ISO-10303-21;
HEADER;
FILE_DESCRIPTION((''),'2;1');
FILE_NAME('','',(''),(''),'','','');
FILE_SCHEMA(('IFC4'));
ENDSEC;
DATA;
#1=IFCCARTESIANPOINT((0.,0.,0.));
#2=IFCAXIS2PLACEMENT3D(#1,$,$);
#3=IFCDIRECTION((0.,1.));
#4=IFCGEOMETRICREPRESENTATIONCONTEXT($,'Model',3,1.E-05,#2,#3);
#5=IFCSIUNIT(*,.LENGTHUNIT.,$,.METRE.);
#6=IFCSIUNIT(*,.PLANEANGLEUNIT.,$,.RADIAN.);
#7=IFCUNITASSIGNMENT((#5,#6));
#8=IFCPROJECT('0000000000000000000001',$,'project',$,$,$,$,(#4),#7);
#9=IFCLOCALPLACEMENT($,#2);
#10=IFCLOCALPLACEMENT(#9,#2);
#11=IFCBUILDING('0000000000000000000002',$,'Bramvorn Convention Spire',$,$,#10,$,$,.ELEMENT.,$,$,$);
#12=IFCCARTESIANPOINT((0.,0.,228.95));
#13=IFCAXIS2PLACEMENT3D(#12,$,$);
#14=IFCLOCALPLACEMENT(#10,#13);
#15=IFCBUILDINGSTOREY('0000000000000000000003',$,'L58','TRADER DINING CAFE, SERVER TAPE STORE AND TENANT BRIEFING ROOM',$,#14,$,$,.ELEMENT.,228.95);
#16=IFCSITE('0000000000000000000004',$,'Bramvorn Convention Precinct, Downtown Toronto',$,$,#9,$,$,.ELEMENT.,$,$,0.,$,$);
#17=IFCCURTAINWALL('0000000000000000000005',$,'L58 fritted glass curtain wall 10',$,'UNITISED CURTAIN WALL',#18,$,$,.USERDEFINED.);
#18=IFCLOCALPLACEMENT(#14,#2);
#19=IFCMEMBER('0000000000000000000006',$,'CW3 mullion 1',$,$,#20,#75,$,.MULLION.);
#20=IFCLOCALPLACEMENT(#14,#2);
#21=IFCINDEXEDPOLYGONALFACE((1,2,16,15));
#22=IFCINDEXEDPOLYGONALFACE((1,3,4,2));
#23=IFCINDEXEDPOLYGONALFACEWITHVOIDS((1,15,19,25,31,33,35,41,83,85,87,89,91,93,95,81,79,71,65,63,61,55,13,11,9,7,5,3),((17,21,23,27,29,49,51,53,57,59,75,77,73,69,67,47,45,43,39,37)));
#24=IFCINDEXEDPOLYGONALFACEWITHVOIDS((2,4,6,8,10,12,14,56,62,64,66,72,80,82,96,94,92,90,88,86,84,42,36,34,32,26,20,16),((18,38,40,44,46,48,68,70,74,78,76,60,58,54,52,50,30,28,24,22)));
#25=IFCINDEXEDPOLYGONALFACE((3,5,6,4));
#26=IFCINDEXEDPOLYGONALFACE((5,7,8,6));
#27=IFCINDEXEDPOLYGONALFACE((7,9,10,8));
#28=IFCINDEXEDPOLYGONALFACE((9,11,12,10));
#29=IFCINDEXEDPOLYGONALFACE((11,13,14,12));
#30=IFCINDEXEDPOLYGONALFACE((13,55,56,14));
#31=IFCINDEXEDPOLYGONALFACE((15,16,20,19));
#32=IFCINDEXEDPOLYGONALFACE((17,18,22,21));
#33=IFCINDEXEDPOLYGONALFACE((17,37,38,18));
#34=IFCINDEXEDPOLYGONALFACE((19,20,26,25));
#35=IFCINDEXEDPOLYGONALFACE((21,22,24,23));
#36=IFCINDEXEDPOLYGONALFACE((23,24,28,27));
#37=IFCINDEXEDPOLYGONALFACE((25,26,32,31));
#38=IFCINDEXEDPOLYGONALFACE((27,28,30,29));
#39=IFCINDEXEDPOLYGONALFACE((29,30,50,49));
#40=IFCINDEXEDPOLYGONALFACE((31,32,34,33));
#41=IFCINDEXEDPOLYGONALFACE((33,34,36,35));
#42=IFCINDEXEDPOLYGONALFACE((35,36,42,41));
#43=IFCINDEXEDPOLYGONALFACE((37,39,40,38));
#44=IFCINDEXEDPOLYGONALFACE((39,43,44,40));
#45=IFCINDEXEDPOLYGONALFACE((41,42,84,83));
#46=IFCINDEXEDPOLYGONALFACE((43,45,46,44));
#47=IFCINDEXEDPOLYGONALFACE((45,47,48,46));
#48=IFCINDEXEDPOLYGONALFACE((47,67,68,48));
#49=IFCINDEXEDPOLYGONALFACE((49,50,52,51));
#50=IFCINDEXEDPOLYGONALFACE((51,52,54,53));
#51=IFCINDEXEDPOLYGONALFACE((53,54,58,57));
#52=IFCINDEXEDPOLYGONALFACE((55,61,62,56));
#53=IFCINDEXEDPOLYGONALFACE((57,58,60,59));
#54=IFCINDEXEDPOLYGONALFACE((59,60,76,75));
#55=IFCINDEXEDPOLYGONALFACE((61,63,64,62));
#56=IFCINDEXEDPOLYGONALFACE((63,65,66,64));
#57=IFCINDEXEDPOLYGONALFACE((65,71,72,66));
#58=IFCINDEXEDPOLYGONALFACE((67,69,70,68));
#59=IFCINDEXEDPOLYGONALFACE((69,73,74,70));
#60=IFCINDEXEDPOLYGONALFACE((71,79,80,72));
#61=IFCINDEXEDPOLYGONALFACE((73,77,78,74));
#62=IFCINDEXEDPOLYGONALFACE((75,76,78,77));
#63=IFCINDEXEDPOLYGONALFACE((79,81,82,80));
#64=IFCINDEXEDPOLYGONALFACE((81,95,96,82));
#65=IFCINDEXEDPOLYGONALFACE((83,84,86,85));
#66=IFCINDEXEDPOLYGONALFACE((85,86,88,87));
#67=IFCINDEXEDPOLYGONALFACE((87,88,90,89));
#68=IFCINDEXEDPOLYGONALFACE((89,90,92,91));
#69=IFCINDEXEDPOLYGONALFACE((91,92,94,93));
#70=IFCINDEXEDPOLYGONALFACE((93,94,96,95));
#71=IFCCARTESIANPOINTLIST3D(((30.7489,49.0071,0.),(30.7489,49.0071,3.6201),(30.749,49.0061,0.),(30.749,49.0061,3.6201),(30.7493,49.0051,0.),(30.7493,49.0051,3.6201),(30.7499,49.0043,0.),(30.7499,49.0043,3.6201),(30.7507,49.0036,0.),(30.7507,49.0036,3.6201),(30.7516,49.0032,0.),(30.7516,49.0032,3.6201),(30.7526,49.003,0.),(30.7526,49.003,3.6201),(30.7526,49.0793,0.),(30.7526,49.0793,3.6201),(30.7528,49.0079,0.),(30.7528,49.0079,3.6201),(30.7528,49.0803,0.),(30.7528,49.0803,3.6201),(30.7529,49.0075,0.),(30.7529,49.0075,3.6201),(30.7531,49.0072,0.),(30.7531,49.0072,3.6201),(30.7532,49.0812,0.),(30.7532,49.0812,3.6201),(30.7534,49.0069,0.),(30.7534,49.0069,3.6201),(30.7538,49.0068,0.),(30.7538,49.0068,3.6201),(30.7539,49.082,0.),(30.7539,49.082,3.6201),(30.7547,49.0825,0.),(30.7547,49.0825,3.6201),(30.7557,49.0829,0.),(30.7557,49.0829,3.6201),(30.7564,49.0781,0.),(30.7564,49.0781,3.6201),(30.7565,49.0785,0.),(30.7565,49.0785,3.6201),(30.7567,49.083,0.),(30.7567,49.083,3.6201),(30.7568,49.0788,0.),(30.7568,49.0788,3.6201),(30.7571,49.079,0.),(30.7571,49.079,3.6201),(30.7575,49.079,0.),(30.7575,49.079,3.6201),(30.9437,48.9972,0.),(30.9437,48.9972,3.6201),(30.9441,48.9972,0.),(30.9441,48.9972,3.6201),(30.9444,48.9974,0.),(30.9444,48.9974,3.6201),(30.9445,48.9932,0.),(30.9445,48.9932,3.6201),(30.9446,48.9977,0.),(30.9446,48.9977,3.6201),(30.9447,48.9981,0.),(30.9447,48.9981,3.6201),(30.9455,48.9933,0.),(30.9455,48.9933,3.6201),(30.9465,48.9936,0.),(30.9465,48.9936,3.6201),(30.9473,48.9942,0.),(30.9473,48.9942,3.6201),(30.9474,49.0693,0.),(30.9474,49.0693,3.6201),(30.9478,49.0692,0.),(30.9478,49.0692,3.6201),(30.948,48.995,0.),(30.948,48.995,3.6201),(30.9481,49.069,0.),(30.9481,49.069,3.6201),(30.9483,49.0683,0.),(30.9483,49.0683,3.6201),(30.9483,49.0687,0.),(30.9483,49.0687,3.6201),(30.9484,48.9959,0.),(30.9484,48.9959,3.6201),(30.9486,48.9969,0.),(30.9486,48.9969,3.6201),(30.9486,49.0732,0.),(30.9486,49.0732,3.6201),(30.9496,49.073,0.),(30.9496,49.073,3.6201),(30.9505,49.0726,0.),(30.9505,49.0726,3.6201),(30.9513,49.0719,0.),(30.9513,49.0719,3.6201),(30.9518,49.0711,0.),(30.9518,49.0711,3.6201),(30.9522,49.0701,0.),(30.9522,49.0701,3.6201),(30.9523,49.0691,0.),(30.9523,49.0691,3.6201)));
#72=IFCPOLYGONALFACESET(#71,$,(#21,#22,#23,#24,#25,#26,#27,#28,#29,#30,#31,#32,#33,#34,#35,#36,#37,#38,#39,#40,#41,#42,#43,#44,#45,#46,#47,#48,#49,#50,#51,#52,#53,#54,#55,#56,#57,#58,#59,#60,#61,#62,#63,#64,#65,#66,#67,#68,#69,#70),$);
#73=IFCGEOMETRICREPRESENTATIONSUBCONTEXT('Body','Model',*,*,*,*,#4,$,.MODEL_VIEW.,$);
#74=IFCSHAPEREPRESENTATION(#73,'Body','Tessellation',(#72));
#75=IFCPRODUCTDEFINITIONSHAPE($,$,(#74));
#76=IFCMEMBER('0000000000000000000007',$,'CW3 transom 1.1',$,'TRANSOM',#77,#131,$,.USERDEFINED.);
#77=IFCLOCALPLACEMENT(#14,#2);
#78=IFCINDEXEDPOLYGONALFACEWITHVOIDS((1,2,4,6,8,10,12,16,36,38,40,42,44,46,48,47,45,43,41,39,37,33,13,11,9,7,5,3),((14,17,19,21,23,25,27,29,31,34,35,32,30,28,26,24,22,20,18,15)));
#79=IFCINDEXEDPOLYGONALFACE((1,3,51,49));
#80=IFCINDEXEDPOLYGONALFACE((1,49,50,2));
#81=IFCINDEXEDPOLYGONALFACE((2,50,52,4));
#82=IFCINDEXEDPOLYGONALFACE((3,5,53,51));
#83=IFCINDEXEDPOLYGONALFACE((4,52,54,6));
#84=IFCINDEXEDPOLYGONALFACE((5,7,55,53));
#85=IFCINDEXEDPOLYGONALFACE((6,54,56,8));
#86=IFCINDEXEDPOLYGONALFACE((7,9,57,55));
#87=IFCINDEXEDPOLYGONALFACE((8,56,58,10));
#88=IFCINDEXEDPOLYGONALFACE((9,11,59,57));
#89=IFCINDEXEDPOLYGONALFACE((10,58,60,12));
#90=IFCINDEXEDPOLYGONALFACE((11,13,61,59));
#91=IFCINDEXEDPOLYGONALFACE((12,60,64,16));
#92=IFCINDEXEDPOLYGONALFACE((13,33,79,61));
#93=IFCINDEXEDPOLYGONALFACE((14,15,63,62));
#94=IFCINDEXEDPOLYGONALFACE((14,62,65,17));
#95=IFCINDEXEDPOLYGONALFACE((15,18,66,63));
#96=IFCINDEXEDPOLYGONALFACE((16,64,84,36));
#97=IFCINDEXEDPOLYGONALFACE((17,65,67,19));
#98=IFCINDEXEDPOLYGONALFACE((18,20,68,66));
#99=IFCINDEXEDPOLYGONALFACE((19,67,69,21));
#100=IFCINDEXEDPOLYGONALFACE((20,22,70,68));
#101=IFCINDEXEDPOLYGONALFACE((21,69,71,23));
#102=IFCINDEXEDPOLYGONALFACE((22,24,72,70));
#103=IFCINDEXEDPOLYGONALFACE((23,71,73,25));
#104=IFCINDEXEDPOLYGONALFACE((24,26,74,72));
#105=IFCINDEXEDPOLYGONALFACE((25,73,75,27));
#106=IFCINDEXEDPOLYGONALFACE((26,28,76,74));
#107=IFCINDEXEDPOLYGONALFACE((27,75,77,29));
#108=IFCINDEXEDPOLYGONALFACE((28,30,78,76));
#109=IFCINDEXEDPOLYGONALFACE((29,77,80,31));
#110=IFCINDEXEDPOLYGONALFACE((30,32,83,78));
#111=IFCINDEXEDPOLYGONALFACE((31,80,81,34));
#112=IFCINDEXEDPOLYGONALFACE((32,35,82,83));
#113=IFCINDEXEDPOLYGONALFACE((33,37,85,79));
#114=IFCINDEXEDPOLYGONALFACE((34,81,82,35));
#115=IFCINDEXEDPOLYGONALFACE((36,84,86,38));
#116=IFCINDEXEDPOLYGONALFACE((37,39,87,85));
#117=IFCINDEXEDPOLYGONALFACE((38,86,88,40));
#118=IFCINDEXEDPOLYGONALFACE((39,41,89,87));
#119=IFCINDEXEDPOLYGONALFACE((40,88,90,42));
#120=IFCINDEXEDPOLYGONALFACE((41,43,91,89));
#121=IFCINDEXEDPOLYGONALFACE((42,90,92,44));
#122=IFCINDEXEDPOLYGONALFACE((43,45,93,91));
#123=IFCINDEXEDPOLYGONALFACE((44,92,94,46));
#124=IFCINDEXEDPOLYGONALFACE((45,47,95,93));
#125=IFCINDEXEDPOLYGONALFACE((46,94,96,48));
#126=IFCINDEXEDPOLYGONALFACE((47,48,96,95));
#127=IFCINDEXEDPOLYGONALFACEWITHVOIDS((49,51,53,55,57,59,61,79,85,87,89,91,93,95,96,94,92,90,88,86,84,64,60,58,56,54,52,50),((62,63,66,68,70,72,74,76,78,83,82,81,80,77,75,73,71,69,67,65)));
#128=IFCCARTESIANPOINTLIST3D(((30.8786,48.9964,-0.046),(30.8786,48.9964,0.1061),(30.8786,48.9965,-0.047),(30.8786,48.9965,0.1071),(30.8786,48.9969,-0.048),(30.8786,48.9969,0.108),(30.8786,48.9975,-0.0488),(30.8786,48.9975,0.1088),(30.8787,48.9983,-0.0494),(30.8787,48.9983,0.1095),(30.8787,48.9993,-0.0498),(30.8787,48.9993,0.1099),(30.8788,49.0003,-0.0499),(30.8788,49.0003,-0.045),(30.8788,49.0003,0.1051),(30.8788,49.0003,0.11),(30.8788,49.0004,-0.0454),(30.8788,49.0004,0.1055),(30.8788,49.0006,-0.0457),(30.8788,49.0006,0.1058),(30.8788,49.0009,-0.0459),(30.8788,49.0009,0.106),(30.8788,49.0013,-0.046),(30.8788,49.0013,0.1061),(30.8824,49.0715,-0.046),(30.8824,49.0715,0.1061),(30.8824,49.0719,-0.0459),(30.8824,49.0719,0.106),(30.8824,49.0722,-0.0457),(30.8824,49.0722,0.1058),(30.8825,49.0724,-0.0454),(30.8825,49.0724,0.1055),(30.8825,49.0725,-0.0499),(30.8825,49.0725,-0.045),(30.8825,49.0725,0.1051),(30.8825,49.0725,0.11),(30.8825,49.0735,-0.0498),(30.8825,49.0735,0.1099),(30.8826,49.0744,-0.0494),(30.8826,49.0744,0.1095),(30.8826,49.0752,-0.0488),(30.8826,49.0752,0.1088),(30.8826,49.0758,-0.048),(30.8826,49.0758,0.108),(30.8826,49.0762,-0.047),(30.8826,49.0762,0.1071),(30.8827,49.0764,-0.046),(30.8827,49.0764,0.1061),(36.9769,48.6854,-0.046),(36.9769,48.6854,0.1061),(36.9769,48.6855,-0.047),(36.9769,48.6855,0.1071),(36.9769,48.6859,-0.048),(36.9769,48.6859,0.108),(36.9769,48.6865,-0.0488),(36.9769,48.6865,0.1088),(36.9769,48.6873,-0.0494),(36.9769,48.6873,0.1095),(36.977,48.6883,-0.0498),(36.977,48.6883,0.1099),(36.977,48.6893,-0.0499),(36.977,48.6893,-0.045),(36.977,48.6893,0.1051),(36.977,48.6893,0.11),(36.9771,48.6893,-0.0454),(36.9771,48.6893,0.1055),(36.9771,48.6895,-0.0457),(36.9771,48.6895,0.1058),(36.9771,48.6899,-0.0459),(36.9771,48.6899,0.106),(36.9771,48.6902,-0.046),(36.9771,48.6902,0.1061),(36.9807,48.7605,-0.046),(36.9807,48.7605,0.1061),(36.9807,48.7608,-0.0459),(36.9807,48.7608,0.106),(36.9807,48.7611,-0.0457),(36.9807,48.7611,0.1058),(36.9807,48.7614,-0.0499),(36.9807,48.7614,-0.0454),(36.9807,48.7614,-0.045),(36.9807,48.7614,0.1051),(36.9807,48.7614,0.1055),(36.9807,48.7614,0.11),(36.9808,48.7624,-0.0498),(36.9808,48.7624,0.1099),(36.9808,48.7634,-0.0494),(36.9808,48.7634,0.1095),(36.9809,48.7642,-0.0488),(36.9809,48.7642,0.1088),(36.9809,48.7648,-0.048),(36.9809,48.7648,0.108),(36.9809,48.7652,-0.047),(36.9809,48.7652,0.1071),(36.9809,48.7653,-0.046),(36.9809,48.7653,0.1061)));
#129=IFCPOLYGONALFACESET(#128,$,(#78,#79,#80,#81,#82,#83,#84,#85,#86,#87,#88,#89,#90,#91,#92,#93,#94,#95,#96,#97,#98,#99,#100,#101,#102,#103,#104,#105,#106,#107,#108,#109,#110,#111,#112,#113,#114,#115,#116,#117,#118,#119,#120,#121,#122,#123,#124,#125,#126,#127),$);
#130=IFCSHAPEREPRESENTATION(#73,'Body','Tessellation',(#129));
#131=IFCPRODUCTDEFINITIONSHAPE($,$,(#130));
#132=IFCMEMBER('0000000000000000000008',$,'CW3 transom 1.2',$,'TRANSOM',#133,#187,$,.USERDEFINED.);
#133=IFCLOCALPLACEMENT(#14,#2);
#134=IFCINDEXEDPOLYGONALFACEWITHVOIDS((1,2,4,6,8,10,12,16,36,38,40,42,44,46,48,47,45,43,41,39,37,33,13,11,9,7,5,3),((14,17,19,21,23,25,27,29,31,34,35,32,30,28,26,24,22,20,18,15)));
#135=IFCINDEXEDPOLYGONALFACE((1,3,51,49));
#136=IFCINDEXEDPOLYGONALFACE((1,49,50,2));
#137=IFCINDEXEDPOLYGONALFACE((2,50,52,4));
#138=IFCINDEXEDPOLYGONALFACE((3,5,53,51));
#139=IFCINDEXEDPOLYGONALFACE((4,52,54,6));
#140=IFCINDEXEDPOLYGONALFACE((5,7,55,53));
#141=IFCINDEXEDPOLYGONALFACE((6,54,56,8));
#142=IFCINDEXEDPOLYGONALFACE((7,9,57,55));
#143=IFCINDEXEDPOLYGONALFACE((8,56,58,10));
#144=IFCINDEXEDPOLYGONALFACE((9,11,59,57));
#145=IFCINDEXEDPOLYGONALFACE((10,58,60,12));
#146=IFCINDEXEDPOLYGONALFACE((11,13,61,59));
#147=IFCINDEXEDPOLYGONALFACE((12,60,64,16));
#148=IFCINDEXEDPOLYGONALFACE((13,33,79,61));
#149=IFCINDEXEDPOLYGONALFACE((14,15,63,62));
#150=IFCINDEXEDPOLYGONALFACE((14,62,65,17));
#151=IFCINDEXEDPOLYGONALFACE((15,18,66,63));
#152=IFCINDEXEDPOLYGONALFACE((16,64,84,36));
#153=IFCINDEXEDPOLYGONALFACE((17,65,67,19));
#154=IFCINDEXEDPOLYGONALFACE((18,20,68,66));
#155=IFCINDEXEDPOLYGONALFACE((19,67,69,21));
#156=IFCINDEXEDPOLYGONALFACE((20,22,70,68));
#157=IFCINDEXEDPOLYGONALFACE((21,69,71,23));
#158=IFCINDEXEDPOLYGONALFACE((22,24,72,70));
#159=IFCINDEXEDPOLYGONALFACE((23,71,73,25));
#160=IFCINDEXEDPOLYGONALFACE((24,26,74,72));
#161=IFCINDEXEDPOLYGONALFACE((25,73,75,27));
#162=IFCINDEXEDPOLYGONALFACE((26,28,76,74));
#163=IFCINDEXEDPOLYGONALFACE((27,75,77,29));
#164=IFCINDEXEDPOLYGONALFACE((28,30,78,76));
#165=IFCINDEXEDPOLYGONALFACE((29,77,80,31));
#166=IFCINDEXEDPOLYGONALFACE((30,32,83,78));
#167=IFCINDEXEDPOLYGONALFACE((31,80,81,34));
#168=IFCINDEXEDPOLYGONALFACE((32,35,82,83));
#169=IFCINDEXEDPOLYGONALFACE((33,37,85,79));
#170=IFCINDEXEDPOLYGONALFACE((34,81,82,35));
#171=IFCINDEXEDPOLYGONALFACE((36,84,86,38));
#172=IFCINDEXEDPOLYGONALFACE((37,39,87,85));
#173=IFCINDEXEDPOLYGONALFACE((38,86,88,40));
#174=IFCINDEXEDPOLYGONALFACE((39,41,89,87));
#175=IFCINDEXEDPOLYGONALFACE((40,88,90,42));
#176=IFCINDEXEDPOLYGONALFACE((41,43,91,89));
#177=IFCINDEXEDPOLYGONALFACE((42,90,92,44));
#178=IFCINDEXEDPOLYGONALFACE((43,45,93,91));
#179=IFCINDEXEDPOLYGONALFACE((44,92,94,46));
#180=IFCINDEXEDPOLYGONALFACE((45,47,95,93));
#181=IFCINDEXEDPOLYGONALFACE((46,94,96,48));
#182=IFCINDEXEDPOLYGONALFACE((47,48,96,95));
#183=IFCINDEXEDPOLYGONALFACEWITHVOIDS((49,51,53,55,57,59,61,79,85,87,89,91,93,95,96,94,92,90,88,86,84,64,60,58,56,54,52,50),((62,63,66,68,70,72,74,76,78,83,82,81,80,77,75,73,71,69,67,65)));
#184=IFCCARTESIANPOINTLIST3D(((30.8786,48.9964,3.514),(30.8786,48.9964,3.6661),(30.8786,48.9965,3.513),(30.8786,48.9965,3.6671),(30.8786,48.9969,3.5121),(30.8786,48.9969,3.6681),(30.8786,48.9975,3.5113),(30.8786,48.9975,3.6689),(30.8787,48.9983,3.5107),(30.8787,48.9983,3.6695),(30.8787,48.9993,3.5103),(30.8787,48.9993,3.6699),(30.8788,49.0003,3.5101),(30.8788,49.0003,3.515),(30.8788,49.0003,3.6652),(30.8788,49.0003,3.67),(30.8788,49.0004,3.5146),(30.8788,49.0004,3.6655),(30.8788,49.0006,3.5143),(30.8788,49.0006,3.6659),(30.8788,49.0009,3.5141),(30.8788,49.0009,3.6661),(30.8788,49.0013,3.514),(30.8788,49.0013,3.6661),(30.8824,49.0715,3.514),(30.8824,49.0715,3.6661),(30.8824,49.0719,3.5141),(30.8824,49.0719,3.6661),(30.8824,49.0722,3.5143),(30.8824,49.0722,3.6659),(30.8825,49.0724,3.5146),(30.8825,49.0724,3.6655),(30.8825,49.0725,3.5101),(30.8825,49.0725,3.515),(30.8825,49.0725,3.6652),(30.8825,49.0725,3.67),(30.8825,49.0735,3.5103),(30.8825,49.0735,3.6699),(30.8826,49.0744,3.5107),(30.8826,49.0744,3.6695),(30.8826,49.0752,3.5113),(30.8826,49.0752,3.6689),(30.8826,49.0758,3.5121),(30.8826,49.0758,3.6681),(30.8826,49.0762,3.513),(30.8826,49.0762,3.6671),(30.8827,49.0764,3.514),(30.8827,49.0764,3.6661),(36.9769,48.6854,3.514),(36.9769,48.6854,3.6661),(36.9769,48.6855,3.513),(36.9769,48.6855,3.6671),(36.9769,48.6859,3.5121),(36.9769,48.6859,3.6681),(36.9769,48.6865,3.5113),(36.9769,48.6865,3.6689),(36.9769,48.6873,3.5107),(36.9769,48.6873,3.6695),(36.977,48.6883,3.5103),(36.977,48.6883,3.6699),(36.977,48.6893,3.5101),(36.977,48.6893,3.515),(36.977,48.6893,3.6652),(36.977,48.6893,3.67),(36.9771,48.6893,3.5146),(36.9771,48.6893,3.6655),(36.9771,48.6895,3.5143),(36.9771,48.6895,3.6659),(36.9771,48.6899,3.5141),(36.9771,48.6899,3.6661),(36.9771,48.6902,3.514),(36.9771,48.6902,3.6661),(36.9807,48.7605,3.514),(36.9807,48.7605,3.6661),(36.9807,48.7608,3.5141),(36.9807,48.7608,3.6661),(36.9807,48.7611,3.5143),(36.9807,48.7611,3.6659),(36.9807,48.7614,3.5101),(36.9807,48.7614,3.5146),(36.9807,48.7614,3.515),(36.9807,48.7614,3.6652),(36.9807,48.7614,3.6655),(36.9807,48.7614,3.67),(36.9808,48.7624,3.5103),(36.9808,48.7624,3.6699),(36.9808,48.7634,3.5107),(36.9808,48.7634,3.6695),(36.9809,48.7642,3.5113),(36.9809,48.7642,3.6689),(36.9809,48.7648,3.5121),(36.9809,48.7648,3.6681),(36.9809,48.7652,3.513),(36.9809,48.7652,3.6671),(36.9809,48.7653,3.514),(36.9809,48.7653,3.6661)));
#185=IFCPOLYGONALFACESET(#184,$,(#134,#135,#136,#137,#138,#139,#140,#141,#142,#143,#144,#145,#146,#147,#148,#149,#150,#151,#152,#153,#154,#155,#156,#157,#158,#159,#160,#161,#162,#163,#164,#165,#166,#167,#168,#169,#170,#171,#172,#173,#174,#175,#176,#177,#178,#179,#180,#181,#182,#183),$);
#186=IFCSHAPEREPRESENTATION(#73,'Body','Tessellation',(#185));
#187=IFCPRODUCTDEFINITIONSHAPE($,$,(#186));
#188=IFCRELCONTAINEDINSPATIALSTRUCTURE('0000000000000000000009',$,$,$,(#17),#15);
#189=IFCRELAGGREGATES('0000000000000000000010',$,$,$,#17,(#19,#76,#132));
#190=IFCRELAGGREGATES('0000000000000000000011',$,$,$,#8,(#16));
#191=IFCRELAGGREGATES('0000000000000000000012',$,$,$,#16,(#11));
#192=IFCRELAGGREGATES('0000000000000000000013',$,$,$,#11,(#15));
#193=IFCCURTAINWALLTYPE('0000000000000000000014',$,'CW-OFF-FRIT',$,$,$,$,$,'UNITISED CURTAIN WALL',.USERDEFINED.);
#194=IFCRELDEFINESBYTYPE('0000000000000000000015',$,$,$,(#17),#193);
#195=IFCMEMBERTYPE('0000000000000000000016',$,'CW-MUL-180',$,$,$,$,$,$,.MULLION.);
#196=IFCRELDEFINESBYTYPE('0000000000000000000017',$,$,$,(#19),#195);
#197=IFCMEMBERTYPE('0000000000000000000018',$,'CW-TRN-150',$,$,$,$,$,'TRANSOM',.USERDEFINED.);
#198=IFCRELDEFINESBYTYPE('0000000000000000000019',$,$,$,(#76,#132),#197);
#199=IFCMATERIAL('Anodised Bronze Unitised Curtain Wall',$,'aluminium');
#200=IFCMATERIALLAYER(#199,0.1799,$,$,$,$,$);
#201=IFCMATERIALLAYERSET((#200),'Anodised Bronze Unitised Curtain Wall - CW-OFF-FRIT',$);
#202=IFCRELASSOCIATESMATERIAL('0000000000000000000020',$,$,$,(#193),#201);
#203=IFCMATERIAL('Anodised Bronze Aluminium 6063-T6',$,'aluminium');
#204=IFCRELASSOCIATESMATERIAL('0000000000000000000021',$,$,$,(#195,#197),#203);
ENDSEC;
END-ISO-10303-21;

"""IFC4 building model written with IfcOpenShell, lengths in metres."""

from ifc_helpers import new_model, si_unit, direction, frame, origin, origin_2d, place, context, subcontext, project, spatial, hollow_rectangle, extrude, material, layer, layer_set, material_profile, profile_set, type_object, element, aggregate, save


model = new_model("IFC4")

# Units and contexts
model_context = context("Model", 3, precision=1e-05, world=origin(), true_north=direction((0.0, 1.0)))
body_context = subcontext(model_context, "Body", "Model", "MODEL_VIEW")
ifc_project = project(units=[si_unit("LENGTHUNIT", "METRE"), si_unit("PLANEANGLEUNIT", "RADIAN")], contexts=[model_context])

# Site, building, storey
site_placement = place(None, origin())
site = spatial("IfcSite", under=ifc_project, at=site_placement, Name="Bramvorn Convention Precinct, Downtown Toronto", CompositionType="ELEMENT", RefElevation=0.0)
building_placement = place(site_placement, origin())
building = spatial("IfcBuilding", under=site, at=building_placement, Name="Bramvorn Convention Spire", CompositionType="ELEMENT")
storey_placement = place(building_placement, frame((0.0, 0.0, 228.95)))
storey = spatial("IfcBuildingStorey", under=building, at=storey_placement, Name="L58", Description="TRADER DINING CAFE, SERVER TAPE STORE AND TENANT BRIEFING ROOM", CompositionType="ELEMENT", Elevation=228.95)

# Curtain wall, members
ifc_material_1 = material(Name="Anodised Bronze Unitised Curtain Wall", Category="aluminium")
ifc_layer_1 = layer(ifc_material_1, 0.1799)
ifc_layer_set_1 = layer_set([ifc_layer_1], Name="Anodised Bronze Unitised Curtain Wall - CW-OFF-FRIT")
curtain_wall_type = type_object("IfcCurtainWallType", Name="CW-OFF-FRIT", ElementType="UNITISED CURTAIN WALL", PredefinedType="USERDEFINED", material=ifc_layer_set_1)
curtain_wall_placement = place(storey_placement, origin())
curtain_wall = element("IfcCurtainWall", 1, at=curtain_wall_placement, inside=storey, type_object=curtain_wall_type, Name="L58 fritted glass curtain wall 10", ObjectType="UNITISED CURTAIN WALL", PredefinedType="USERDEFINED")
ifc_material_2 = material(Name="Anodised Bronze Aluminium 6063-T6", Category="aluminium")
ifc_material_profile_1 = material_profile(ifc_material_2, hollow_rectangle(XDim=0.0801, YDim=0.2, WallThickness=0.0039, InnerFilletRadius=0.001, OuterFilletRadius=0.0039, at=origin_2d()))
ifc_profile_set_1 = profile_set([ifc_material_profile_1], Name="Anodised Bronze Aluminium 6063-T6 - CWM80X200")
member_type_1 = type_object("IfcMemberType", Name="CW-MUL-180", PredefinedType="MULLION", material=ifc_profile_set_1)
member_1_placement = place(storey_placement, frame((30.8506, 49.0381, 0.0), z_axis=(0.0, 0.0, 1.0), x_axis=(0.050961, 0.998701, 0.0)))
member_1 = element("IfcMember", 2, at=member_1_placement, type_object=member_type_1, Name="CW3 mullion 1", PredefinedType="MULLION", context=body_context, shape_type="SweptSolid", body=[
    extrude(hollow_rectangle(XDim=0.0801, YDim=0.2, WallThickness=0.0039, InnerFilletRadius=0.001, OuterFilletRadius=0.0039, at=origin_2d()), origin(), (0.0, 0.0, 1.0), 3.6201),
])
ifc_material_profile_2 = material_profile(ifc_material_2, hollow_rectangle(XDim=0.0801, YDim=0.1599, WallThickness=0.0039, InnerFilletRadius=0.001, OuterFilletRadius=0.0039, at=origin_2d()))
ifc_profile_set_2 = profile_set([ifc_material_profile_2], Name="Anodised Bronze Aluminium 6063-T6 - CWT80X160")
member_type_2 = type_object("IfcMemberType", Name="CW-TRN-150", ElementType="TRANSOM", PredefinedType="USERDEFINED", material=ifc_profile_set_2)
member_2_placement = place(storey_placement, frame((30.8806, 49.0364, 0.03), z_axis=(0.998702, -0.050937, 0.0), x_axis=(0.050937, 0.998702, 0.0)))
member_2 = element("IfcMember", 3, at=member_2_placement, type_object=member_type_2, Name="CW3 transom 1.1", ObjectType="TRANSOM", PredefinedType="USERDEFINED", context=body_context, shape_type="SweptSolid", body=[
    extrude(hollow_rectangle(XDim=0.0801, YDim=0.1599, WallThickness=0.0039, InnerFilletRadius=0.001, OuterFilletRadius=0.0039, at=origin_2d()), origin(), (0.0, 0.0, 1.0), 6.1062),
])
member_3_placement = place(storey_placement, frame((30.8806, 49.0364, 3.5901), z_axis=(0.998702, -0.050937, 0.0), x_axis=(0.050937, 0.998702, 0.0)))
member_3 = element("IfcMember", 4, at=member_3_placement, type_object=member_type_2, Name="CW3 transom 1.2", ObjectType="TRANSOM", PredefinedType="USERDEFINED", context=body_context, shape_type="SweptSolid", body=[
    extrude(hollow_rectangle(XDim=0.0801, YDim=0.1599, WallThickness=0.0039, InnerFilletRadius=0.001, OuterFilletRadius=0.0039, at=origin_2d()), origin(), (0.0, 0.0, 1.0), 6.1062),
])

aggregate(curtain_wall, [member_1, member_2, member_3])

save(model, "model.ifc")
